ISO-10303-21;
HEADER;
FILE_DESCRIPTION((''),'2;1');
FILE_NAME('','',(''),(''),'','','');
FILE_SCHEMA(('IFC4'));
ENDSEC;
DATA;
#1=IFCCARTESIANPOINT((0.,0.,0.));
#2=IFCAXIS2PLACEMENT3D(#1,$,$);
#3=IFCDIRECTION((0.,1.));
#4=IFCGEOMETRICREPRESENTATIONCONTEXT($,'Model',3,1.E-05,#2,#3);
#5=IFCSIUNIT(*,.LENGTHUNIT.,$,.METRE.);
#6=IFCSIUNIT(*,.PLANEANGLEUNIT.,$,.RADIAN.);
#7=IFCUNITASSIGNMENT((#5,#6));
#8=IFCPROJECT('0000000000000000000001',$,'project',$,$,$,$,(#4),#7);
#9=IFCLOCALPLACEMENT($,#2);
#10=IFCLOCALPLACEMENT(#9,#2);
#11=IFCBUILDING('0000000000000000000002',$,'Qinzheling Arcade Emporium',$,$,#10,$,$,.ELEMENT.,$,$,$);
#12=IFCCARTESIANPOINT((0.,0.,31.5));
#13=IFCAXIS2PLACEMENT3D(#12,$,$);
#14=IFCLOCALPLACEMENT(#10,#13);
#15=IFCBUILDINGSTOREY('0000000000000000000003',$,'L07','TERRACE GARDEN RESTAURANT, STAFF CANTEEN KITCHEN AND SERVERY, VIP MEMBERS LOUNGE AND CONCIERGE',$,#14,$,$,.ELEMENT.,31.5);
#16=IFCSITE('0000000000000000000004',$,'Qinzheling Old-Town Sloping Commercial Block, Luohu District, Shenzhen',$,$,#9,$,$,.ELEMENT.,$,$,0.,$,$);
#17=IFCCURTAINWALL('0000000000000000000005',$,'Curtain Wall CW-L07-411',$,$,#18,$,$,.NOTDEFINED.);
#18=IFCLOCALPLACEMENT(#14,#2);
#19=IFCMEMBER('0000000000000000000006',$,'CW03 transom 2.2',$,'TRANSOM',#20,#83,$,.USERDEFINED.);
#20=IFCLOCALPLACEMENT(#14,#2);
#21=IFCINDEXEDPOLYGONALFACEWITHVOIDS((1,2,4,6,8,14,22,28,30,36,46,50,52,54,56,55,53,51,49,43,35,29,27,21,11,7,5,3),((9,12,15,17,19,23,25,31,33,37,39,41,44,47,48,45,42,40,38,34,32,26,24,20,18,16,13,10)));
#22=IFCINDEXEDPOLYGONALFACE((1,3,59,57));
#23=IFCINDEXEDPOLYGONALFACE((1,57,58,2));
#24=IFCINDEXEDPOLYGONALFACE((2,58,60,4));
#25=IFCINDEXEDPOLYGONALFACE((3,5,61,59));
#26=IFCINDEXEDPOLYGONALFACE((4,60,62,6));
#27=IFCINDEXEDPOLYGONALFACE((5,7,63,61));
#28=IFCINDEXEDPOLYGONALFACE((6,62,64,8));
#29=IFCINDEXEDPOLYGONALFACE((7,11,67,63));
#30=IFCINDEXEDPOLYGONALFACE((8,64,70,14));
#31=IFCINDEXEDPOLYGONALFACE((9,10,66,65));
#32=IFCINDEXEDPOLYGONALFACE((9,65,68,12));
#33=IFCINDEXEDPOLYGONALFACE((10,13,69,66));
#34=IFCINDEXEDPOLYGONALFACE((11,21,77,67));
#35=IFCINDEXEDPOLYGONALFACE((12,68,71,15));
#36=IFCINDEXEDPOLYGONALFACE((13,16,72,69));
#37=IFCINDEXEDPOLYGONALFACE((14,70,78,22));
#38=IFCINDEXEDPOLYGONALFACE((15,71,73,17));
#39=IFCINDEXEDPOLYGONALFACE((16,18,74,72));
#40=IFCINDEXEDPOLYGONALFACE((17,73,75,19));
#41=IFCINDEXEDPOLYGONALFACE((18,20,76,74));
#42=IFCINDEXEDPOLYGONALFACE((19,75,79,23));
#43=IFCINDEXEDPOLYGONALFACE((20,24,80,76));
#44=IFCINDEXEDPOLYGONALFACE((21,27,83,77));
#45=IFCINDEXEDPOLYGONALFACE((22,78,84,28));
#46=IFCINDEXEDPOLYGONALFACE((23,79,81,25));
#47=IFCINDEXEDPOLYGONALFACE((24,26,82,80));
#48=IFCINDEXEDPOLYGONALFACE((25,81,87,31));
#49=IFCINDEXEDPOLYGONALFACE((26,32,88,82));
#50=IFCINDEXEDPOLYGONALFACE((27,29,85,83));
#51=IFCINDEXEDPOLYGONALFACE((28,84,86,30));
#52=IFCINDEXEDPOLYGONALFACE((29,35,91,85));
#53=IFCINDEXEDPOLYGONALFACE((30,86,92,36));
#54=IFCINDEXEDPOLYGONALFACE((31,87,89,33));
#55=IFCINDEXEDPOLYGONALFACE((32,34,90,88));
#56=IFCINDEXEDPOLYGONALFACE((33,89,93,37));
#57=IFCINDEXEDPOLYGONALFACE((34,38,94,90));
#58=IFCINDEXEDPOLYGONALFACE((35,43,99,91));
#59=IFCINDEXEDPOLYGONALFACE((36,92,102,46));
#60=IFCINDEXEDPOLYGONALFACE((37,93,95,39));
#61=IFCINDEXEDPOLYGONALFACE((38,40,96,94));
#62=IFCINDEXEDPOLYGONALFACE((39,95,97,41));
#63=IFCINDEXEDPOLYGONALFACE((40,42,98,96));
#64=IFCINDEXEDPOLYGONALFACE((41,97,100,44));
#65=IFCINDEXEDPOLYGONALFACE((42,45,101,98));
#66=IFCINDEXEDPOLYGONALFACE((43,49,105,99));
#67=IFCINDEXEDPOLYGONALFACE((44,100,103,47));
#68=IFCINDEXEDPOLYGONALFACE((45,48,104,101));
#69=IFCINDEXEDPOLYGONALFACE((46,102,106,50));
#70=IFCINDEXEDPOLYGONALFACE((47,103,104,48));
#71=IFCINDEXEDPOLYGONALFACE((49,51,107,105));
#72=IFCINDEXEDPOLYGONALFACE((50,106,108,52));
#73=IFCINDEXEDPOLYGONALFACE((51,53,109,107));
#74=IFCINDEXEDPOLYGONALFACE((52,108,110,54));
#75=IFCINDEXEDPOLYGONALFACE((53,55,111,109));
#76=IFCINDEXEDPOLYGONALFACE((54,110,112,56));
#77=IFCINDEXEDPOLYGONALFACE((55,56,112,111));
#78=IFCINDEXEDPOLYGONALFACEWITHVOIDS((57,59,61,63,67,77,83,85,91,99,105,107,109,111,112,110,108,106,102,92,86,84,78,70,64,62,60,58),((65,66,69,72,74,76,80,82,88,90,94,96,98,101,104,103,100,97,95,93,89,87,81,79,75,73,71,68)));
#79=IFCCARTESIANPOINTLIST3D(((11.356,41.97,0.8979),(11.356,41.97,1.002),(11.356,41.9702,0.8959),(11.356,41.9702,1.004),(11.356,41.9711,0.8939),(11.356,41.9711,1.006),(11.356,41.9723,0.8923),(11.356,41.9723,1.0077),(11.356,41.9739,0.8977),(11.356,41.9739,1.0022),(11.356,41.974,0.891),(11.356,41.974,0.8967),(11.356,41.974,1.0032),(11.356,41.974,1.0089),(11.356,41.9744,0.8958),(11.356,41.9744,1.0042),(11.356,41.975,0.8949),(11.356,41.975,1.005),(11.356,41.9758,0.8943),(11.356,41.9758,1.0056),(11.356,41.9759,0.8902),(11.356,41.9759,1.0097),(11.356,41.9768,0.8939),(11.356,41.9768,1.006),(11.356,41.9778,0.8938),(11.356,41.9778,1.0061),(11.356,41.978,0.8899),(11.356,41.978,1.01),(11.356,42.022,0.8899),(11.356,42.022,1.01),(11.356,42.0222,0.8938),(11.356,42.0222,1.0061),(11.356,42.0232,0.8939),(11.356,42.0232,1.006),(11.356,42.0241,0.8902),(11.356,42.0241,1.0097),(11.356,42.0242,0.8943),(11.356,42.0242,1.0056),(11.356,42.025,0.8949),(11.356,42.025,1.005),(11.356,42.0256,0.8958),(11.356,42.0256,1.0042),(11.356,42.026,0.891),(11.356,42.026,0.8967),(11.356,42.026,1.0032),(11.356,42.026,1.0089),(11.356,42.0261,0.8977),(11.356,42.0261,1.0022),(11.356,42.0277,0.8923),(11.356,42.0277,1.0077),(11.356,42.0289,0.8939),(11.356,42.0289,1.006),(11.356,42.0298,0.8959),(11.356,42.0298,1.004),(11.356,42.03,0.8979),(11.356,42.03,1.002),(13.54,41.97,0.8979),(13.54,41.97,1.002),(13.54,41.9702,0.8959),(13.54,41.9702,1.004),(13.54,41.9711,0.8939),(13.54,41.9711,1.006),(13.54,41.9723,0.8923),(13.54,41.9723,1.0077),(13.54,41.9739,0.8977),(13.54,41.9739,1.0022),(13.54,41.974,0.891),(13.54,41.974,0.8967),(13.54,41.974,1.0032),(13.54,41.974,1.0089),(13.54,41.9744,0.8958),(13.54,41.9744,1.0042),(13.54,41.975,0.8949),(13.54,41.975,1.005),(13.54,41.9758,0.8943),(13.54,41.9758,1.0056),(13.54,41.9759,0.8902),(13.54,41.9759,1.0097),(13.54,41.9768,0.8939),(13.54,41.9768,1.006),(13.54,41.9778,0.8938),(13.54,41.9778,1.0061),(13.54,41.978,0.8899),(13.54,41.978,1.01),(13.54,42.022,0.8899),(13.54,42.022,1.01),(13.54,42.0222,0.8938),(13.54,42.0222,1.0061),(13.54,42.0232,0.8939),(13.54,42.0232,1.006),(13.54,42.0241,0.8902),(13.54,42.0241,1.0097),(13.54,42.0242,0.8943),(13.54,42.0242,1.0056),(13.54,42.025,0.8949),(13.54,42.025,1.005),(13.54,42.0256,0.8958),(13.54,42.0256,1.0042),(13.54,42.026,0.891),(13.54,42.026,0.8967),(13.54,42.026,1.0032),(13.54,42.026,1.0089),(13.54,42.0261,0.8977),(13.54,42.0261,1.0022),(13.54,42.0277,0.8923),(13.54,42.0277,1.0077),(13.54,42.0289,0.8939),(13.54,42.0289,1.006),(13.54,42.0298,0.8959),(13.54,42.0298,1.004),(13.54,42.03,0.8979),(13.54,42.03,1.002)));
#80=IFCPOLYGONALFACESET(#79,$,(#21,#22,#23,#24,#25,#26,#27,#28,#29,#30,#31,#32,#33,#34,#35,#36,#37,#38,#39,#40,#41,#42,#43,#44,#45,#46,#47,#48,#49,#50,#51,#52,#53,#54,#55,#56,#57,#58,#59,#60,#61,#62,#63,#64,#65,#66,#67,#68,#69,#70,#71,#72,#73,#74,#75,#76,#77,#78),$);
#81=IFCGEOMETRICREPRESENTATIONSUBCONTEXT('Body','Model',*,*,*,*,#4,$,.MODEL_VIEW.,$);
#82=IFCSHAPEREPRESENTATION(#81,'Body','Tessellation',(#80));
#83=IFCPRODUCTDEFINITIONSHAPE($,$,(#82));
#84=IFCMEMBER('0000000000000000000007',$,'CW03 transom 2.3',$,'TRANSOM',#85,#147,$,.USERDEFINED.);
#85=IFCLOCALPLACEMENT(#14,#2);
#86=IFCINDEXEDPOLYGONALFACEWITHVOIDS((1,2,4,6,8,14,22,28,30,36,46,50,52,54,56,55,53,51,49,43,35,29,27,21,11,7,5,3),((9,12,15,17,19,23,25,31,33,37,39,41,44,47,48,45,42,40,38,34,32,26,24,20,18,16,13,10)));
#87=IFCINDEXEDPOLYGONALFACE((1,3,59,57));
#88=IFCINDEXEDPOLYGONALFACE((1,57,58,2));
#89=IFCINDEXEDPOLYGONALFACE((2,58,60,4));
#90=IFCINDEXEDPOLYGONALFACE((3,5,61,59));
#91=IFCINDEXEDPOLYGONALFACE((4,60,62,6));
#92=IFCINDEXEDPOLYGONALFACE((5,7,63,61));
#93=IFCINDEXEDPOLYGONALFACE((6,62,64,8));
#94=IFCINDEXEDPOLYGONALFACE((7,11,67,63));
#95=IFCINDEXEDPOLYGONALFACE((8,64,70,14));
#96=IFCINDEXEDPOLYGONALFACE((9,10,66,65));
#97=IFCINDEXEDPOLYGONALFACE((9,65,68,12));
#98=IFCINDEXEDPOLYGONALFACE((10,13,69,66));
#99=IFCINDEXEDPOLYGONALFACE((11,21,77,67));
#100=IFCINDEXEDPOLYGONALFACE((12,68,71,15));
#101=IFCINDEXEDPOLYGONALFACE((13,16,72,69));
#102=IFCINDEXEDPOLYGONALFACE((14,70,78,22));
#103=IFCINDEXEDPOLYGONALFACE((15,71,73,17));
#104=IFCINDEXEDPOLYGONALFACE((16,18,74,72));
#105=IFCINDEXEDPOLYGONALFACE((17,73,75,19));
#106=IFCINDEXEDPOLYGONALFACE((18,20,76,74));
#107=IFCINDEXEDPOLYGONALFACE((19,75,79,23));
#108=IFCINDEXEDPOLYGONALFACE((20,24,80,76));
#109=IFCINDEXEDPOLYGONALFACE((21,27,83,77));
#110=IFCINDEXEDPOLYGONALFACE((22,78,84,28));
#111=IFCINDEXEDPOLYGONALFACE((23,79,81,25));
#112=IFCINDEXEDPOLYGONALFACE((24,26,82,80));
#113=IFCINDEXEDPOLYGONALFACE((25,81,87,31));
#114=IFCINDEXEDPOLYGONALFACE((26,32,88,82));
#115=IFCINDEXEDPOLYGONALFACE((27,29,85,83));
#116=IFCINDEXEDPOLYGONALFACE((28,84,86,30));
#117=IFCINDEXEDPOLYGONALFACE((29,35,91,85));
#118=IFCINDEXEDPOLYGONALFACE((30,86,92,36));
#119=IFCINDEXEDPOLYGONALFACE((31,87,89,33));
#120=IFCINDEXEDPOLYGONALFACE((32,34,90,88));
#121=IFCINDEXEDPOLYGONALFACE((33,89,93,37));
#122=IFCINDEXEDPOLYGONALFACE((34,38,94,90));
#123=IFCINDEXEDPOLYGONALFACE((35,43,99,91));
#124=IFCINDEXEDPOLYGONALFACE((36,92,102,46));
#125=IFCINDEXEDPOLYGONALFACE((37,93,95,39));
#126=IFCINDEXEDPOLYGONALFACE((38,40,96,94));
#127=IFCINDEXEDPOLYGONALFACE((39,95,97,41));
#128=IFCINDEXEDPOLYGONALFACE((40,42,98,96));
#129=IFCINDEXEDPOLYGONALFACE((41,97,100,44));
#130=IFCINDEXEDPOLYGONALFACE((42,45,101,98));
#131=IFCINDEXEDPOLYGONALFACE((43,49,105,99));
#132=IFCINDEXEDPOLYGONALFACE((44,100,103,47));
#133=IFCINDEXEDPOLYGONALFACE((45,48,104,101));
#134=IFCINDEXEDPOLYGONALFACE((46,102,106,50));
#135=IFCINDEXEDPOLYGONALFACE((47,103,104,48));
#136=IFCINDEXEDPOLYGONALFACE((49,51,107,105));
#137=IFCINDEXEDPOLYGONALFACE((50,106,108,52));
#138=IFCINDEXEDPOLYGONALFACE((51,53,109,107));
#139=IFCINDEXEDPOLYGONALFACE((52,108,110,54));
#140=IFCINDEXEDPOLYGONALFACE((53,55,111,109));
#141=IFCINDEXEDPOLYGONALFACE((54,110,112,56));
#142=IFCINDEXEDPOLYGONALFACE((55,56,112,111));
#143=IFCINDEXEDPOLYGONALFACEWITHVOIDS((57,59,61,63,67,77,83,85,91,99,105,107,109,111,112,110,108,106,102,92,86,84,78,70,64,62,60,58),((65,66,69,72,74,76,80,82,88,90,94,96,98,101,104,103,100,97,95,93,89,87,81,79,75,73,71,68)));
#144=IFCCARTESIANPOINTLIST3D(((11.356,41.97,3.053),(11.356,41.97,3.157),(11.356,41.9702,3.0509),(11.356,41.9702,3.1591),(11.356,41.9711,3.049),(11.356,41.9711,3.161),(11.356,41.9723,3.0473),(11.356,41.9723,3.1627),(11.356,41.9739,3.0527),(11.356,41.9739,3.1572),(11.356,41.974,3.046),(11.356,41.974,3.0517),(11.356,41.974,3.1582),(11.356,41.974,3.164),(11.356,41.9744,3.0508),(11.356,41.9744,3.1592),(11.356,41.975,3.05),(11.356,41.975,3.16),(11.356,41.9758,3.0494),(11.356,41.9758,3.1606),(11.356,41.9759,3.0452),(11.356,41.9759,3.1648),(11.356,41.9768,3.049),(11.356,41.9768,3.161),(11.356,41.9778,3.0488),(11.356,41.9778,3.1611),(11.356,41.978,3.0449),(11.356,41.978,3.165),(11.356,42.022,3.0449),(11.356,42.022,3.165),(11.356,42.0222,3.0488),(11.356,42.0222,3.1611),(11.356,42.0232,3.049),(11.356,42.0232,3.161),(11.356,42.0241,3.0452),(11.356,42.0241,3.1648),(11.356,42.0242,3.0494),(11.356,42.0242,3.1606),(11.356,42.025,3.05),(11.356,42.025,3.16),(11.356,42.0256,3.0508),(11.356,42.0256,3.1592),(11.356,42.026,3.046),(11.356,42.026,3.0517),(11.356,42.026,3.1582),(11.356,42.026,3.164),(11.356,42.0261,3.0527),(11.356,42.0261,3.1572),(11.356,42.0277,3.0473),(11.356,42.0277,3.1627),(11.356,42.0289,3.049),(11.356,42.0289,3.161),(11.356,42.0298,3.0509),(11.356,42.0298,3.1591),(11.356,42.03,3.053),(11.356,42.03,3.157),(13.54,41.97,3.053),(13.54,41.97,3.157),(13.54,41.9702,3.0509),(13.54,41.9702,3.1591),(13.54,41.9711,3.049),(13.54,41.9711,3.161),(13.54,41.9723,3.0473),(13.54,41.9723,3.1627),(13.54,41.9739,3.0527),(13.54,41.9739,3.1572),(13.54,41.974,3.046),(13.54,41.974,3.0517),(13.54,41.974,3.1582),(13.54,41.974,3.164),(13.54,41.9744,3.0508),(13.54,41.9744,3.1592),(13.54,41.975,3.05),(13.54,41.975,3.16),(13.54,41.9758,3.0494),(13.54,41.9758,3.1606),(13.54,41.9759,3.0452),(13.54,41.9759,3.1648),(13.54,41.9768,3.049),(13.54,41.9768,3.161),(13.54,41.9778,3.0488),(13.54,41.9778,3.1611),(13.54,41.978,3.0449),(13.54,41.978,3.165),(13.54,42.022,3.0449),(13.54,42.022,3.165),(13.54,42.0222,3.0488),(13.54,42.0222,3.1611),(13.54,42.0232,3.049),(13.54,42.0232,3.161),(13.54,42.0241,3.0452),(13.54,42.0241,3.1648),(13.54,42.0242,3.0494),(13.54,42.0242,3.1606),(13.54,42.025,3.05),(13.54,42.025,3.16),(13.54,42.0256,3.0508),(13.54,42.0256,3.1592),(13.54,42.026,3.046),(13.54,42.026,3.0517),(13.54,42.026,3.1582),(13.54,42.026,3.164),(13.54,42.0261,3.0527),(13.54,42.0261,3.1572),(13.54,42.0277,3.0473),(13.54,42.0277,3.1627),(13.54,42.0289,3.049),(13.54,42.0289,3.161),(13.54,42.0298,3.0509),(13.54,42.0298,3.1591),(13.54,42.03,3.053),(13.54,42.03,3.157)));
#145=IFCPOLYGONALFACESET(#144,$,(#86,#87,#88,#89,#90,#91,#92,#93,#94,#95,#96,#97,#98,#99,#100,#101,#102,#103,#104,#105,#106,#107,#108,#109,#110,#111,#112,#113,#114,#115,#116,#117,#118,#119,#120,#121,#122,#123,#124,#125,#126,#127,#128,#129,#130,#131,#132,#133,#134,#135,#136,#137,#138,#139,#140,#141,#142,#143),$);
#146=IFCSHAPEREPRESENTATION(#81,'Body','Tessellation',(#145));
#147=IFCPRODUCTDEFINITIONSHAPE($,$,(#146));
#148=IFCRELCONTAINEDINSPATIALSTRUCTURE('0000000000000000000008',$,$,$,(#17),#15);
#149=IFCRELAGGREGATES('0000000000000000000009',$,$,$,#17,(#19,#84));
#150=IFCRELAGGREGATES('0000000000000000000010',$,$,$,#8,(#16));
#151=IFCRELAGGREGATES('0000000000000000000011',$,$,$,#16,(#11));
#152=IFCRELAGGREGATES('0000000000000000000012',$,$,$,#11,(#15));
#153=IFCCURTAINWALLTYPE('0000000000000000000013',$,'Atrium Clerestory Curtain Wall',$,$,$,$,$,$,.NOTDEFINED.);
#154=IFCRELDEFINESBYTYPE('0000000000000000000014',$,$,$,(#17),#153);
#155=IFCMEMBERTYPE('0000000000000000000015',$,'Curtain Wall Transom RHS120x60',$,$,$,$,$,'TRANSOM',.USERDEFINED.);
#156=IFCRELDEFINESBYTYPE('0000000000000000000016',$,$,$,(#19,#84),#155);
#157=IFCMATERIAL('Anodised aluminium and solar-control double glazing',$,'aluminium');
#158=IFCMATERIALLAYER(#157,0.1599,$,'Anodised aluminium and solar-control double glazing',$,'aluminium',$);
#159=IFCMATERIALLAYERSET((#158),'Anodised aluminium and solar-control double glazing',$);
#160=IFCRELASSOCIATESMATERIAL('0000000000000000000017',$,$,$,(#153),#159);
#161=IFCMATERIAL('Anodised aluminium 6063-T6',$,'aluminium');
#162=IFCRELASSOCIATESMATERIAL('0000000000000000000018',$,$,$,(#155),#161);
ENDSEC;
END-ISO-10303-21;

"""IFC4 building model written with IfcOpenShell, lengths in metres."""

from ifc_helpers import new_model, si_unit, direction, frame, origin, origin_2d, place, context, subcontext, project, spatial, hollow_rectangle, extrude, material, layer, layer_set, material_profile, profile_set, type_object, element, aggregate, save


model = new_model("IFC4")

# Units and contexts
model_context = context("Model", 3, precision=1e-05, world=origin(), true_north=direction((0.0, 1.0)))
body_context = subcontext(model_context, "Body", "Model", "MODEL_VIEW")
ifc_project = project(units=[si_unit("LENGTHUNIT", "METRE"), si_unit("PLANEANGLEUNIT", "RADIAN")], contexts=[model_context])

# Site, building, storey
site_placement = place(None, origin())
site = spatial("IfcSite", under=ifc_project, at=site_placement, Name="Qinzheling Old-Town Sloping Commercial Block, Luohu District, Shenzhen", CompositionType="ELEMENT", RefElevation=0.0)
building_placement = place(site_placement, origin())
building = spatial("IfcBuilding", under=site, at=building_placement, Name="Qinzheling Arcade Emporium", CompositionType="ELEMENT")
storey_placement = place(building_placement, frame((0.0, 0.0, 31.5)))
storey = spatial("IfcBuildingStorey", under=building, at=storey_placement, Name="L07", Description="TERRACE GARDEN RESTAURANT, STAFF CANTEEN KITCHEN AND SERVERY, VIP MEMBERS LOUNGE AND CONCIERGE", CompositionType="ELEMENT", Elevation=31.5)

# Curtain wall
ifc_material_1 = material(Name="Anodised aluminium and solar-control double glazing", Category="aluminium")
ifc_layer_1 = layer(ifc_material_1, 0.1599, Name="Anodised aluminium and solar-control double glazing", Category="aluminium")
ifc_layer_set_1 = layer_set([ifc_layer_1], Name="Anodised aluminium and solar-control double glazing")
curtain_wall_type = type_object("IfcCurtainWallType", Name="Atrium Clerestory Curtain Wall", PredefinedType="NOTDEFINED", material=ifc_layer_set_1)
curtain_wall_1_placement = place(storey_placement, origin())
curtain_wall_1 = element("IfcCurtainWall", 1, at=curtain_wall_1_placement, inside=storey, type_object=curtain_wall_type, Name="Curtain Wall CW-L07-411", PredefinedType="NOTDEFINED")
ifc_material_2 = material(Name="Anodised aluminium 6063-T6", Category="aluminium")

# Members
ifc_material_profile_1 = material_profile(ifc_material_2, hollow_rectangle(XDim=0.0601, YDim=0.1201, WallThickness=0.0039, InnerFilletRadius=0.0039, OuterFilletRadius=0.0081, at=origin_2d()), Name="RHS 120x60x4", Category="aluminium")
ifc_profile_set_1 = profile_set([ifc_material_profile_1], Name="Anodised aluminium 6063-T6")
member_type_1 = type_object("IfcMemberType", Name="Curtain Wall Transom RHS120x60", ElementType="TRANSOM", PredefinedType="USERDEFINED", material=ifc_profile_set_1)
member_1_placement = place(storey_placement, frame((11.356, 42.0, 0.95), z_axis=(1.0, 0.0, 0.0), x_axis=(0.0, 1.0, 0.0)))
member_1 = element("IfcMember", 2, at=member_1_placement, type_object=member_type_1, Name="CW03 transom 2.2", ObjectType="TRANSOM", PredefinedType="USERDEFINED", context=body_context, shape_type="SweptSolid", body=[
    extrude(hollow_rectangle(XDim=0.0601, YDim=0.1201, WallThickness=0.0039, InnerFilletRadius=0.0039, OuterFilletRadius=0.0081, at=origin_2d()), origin(), (0.0, 0.0, 1.0), 2.1841),
])
member_2_placement = place(storey_placement, frame((11.356, 42.0, 3.105), z_axis=(1.0, 0.0, 0.0), x_axis=(0.0, 1.0, 0.0)))
member_2 = element("IfcMember", 3, at=member_2_placement, type_object=member_type_1, Name="CW03 transom 2.3", ObjectType="TRANSOM", PredefinedType="USERDEFINED", context=body_context, shape_type="SweptSolid", body=[
    extrude(hollow_rectangle(XDim=0.0601, YDim=0.1201, WallThickness=0.0039, InnerFilletRadius=0.0039, OuterFilletRadius=0.0081, at=origin_2d()), origin(), (0.0, 0.0, 1.0), 2.1841),
])

aggregate(curtain_wall_1, [member_1, member_2])

save(model, "model.ifc")
